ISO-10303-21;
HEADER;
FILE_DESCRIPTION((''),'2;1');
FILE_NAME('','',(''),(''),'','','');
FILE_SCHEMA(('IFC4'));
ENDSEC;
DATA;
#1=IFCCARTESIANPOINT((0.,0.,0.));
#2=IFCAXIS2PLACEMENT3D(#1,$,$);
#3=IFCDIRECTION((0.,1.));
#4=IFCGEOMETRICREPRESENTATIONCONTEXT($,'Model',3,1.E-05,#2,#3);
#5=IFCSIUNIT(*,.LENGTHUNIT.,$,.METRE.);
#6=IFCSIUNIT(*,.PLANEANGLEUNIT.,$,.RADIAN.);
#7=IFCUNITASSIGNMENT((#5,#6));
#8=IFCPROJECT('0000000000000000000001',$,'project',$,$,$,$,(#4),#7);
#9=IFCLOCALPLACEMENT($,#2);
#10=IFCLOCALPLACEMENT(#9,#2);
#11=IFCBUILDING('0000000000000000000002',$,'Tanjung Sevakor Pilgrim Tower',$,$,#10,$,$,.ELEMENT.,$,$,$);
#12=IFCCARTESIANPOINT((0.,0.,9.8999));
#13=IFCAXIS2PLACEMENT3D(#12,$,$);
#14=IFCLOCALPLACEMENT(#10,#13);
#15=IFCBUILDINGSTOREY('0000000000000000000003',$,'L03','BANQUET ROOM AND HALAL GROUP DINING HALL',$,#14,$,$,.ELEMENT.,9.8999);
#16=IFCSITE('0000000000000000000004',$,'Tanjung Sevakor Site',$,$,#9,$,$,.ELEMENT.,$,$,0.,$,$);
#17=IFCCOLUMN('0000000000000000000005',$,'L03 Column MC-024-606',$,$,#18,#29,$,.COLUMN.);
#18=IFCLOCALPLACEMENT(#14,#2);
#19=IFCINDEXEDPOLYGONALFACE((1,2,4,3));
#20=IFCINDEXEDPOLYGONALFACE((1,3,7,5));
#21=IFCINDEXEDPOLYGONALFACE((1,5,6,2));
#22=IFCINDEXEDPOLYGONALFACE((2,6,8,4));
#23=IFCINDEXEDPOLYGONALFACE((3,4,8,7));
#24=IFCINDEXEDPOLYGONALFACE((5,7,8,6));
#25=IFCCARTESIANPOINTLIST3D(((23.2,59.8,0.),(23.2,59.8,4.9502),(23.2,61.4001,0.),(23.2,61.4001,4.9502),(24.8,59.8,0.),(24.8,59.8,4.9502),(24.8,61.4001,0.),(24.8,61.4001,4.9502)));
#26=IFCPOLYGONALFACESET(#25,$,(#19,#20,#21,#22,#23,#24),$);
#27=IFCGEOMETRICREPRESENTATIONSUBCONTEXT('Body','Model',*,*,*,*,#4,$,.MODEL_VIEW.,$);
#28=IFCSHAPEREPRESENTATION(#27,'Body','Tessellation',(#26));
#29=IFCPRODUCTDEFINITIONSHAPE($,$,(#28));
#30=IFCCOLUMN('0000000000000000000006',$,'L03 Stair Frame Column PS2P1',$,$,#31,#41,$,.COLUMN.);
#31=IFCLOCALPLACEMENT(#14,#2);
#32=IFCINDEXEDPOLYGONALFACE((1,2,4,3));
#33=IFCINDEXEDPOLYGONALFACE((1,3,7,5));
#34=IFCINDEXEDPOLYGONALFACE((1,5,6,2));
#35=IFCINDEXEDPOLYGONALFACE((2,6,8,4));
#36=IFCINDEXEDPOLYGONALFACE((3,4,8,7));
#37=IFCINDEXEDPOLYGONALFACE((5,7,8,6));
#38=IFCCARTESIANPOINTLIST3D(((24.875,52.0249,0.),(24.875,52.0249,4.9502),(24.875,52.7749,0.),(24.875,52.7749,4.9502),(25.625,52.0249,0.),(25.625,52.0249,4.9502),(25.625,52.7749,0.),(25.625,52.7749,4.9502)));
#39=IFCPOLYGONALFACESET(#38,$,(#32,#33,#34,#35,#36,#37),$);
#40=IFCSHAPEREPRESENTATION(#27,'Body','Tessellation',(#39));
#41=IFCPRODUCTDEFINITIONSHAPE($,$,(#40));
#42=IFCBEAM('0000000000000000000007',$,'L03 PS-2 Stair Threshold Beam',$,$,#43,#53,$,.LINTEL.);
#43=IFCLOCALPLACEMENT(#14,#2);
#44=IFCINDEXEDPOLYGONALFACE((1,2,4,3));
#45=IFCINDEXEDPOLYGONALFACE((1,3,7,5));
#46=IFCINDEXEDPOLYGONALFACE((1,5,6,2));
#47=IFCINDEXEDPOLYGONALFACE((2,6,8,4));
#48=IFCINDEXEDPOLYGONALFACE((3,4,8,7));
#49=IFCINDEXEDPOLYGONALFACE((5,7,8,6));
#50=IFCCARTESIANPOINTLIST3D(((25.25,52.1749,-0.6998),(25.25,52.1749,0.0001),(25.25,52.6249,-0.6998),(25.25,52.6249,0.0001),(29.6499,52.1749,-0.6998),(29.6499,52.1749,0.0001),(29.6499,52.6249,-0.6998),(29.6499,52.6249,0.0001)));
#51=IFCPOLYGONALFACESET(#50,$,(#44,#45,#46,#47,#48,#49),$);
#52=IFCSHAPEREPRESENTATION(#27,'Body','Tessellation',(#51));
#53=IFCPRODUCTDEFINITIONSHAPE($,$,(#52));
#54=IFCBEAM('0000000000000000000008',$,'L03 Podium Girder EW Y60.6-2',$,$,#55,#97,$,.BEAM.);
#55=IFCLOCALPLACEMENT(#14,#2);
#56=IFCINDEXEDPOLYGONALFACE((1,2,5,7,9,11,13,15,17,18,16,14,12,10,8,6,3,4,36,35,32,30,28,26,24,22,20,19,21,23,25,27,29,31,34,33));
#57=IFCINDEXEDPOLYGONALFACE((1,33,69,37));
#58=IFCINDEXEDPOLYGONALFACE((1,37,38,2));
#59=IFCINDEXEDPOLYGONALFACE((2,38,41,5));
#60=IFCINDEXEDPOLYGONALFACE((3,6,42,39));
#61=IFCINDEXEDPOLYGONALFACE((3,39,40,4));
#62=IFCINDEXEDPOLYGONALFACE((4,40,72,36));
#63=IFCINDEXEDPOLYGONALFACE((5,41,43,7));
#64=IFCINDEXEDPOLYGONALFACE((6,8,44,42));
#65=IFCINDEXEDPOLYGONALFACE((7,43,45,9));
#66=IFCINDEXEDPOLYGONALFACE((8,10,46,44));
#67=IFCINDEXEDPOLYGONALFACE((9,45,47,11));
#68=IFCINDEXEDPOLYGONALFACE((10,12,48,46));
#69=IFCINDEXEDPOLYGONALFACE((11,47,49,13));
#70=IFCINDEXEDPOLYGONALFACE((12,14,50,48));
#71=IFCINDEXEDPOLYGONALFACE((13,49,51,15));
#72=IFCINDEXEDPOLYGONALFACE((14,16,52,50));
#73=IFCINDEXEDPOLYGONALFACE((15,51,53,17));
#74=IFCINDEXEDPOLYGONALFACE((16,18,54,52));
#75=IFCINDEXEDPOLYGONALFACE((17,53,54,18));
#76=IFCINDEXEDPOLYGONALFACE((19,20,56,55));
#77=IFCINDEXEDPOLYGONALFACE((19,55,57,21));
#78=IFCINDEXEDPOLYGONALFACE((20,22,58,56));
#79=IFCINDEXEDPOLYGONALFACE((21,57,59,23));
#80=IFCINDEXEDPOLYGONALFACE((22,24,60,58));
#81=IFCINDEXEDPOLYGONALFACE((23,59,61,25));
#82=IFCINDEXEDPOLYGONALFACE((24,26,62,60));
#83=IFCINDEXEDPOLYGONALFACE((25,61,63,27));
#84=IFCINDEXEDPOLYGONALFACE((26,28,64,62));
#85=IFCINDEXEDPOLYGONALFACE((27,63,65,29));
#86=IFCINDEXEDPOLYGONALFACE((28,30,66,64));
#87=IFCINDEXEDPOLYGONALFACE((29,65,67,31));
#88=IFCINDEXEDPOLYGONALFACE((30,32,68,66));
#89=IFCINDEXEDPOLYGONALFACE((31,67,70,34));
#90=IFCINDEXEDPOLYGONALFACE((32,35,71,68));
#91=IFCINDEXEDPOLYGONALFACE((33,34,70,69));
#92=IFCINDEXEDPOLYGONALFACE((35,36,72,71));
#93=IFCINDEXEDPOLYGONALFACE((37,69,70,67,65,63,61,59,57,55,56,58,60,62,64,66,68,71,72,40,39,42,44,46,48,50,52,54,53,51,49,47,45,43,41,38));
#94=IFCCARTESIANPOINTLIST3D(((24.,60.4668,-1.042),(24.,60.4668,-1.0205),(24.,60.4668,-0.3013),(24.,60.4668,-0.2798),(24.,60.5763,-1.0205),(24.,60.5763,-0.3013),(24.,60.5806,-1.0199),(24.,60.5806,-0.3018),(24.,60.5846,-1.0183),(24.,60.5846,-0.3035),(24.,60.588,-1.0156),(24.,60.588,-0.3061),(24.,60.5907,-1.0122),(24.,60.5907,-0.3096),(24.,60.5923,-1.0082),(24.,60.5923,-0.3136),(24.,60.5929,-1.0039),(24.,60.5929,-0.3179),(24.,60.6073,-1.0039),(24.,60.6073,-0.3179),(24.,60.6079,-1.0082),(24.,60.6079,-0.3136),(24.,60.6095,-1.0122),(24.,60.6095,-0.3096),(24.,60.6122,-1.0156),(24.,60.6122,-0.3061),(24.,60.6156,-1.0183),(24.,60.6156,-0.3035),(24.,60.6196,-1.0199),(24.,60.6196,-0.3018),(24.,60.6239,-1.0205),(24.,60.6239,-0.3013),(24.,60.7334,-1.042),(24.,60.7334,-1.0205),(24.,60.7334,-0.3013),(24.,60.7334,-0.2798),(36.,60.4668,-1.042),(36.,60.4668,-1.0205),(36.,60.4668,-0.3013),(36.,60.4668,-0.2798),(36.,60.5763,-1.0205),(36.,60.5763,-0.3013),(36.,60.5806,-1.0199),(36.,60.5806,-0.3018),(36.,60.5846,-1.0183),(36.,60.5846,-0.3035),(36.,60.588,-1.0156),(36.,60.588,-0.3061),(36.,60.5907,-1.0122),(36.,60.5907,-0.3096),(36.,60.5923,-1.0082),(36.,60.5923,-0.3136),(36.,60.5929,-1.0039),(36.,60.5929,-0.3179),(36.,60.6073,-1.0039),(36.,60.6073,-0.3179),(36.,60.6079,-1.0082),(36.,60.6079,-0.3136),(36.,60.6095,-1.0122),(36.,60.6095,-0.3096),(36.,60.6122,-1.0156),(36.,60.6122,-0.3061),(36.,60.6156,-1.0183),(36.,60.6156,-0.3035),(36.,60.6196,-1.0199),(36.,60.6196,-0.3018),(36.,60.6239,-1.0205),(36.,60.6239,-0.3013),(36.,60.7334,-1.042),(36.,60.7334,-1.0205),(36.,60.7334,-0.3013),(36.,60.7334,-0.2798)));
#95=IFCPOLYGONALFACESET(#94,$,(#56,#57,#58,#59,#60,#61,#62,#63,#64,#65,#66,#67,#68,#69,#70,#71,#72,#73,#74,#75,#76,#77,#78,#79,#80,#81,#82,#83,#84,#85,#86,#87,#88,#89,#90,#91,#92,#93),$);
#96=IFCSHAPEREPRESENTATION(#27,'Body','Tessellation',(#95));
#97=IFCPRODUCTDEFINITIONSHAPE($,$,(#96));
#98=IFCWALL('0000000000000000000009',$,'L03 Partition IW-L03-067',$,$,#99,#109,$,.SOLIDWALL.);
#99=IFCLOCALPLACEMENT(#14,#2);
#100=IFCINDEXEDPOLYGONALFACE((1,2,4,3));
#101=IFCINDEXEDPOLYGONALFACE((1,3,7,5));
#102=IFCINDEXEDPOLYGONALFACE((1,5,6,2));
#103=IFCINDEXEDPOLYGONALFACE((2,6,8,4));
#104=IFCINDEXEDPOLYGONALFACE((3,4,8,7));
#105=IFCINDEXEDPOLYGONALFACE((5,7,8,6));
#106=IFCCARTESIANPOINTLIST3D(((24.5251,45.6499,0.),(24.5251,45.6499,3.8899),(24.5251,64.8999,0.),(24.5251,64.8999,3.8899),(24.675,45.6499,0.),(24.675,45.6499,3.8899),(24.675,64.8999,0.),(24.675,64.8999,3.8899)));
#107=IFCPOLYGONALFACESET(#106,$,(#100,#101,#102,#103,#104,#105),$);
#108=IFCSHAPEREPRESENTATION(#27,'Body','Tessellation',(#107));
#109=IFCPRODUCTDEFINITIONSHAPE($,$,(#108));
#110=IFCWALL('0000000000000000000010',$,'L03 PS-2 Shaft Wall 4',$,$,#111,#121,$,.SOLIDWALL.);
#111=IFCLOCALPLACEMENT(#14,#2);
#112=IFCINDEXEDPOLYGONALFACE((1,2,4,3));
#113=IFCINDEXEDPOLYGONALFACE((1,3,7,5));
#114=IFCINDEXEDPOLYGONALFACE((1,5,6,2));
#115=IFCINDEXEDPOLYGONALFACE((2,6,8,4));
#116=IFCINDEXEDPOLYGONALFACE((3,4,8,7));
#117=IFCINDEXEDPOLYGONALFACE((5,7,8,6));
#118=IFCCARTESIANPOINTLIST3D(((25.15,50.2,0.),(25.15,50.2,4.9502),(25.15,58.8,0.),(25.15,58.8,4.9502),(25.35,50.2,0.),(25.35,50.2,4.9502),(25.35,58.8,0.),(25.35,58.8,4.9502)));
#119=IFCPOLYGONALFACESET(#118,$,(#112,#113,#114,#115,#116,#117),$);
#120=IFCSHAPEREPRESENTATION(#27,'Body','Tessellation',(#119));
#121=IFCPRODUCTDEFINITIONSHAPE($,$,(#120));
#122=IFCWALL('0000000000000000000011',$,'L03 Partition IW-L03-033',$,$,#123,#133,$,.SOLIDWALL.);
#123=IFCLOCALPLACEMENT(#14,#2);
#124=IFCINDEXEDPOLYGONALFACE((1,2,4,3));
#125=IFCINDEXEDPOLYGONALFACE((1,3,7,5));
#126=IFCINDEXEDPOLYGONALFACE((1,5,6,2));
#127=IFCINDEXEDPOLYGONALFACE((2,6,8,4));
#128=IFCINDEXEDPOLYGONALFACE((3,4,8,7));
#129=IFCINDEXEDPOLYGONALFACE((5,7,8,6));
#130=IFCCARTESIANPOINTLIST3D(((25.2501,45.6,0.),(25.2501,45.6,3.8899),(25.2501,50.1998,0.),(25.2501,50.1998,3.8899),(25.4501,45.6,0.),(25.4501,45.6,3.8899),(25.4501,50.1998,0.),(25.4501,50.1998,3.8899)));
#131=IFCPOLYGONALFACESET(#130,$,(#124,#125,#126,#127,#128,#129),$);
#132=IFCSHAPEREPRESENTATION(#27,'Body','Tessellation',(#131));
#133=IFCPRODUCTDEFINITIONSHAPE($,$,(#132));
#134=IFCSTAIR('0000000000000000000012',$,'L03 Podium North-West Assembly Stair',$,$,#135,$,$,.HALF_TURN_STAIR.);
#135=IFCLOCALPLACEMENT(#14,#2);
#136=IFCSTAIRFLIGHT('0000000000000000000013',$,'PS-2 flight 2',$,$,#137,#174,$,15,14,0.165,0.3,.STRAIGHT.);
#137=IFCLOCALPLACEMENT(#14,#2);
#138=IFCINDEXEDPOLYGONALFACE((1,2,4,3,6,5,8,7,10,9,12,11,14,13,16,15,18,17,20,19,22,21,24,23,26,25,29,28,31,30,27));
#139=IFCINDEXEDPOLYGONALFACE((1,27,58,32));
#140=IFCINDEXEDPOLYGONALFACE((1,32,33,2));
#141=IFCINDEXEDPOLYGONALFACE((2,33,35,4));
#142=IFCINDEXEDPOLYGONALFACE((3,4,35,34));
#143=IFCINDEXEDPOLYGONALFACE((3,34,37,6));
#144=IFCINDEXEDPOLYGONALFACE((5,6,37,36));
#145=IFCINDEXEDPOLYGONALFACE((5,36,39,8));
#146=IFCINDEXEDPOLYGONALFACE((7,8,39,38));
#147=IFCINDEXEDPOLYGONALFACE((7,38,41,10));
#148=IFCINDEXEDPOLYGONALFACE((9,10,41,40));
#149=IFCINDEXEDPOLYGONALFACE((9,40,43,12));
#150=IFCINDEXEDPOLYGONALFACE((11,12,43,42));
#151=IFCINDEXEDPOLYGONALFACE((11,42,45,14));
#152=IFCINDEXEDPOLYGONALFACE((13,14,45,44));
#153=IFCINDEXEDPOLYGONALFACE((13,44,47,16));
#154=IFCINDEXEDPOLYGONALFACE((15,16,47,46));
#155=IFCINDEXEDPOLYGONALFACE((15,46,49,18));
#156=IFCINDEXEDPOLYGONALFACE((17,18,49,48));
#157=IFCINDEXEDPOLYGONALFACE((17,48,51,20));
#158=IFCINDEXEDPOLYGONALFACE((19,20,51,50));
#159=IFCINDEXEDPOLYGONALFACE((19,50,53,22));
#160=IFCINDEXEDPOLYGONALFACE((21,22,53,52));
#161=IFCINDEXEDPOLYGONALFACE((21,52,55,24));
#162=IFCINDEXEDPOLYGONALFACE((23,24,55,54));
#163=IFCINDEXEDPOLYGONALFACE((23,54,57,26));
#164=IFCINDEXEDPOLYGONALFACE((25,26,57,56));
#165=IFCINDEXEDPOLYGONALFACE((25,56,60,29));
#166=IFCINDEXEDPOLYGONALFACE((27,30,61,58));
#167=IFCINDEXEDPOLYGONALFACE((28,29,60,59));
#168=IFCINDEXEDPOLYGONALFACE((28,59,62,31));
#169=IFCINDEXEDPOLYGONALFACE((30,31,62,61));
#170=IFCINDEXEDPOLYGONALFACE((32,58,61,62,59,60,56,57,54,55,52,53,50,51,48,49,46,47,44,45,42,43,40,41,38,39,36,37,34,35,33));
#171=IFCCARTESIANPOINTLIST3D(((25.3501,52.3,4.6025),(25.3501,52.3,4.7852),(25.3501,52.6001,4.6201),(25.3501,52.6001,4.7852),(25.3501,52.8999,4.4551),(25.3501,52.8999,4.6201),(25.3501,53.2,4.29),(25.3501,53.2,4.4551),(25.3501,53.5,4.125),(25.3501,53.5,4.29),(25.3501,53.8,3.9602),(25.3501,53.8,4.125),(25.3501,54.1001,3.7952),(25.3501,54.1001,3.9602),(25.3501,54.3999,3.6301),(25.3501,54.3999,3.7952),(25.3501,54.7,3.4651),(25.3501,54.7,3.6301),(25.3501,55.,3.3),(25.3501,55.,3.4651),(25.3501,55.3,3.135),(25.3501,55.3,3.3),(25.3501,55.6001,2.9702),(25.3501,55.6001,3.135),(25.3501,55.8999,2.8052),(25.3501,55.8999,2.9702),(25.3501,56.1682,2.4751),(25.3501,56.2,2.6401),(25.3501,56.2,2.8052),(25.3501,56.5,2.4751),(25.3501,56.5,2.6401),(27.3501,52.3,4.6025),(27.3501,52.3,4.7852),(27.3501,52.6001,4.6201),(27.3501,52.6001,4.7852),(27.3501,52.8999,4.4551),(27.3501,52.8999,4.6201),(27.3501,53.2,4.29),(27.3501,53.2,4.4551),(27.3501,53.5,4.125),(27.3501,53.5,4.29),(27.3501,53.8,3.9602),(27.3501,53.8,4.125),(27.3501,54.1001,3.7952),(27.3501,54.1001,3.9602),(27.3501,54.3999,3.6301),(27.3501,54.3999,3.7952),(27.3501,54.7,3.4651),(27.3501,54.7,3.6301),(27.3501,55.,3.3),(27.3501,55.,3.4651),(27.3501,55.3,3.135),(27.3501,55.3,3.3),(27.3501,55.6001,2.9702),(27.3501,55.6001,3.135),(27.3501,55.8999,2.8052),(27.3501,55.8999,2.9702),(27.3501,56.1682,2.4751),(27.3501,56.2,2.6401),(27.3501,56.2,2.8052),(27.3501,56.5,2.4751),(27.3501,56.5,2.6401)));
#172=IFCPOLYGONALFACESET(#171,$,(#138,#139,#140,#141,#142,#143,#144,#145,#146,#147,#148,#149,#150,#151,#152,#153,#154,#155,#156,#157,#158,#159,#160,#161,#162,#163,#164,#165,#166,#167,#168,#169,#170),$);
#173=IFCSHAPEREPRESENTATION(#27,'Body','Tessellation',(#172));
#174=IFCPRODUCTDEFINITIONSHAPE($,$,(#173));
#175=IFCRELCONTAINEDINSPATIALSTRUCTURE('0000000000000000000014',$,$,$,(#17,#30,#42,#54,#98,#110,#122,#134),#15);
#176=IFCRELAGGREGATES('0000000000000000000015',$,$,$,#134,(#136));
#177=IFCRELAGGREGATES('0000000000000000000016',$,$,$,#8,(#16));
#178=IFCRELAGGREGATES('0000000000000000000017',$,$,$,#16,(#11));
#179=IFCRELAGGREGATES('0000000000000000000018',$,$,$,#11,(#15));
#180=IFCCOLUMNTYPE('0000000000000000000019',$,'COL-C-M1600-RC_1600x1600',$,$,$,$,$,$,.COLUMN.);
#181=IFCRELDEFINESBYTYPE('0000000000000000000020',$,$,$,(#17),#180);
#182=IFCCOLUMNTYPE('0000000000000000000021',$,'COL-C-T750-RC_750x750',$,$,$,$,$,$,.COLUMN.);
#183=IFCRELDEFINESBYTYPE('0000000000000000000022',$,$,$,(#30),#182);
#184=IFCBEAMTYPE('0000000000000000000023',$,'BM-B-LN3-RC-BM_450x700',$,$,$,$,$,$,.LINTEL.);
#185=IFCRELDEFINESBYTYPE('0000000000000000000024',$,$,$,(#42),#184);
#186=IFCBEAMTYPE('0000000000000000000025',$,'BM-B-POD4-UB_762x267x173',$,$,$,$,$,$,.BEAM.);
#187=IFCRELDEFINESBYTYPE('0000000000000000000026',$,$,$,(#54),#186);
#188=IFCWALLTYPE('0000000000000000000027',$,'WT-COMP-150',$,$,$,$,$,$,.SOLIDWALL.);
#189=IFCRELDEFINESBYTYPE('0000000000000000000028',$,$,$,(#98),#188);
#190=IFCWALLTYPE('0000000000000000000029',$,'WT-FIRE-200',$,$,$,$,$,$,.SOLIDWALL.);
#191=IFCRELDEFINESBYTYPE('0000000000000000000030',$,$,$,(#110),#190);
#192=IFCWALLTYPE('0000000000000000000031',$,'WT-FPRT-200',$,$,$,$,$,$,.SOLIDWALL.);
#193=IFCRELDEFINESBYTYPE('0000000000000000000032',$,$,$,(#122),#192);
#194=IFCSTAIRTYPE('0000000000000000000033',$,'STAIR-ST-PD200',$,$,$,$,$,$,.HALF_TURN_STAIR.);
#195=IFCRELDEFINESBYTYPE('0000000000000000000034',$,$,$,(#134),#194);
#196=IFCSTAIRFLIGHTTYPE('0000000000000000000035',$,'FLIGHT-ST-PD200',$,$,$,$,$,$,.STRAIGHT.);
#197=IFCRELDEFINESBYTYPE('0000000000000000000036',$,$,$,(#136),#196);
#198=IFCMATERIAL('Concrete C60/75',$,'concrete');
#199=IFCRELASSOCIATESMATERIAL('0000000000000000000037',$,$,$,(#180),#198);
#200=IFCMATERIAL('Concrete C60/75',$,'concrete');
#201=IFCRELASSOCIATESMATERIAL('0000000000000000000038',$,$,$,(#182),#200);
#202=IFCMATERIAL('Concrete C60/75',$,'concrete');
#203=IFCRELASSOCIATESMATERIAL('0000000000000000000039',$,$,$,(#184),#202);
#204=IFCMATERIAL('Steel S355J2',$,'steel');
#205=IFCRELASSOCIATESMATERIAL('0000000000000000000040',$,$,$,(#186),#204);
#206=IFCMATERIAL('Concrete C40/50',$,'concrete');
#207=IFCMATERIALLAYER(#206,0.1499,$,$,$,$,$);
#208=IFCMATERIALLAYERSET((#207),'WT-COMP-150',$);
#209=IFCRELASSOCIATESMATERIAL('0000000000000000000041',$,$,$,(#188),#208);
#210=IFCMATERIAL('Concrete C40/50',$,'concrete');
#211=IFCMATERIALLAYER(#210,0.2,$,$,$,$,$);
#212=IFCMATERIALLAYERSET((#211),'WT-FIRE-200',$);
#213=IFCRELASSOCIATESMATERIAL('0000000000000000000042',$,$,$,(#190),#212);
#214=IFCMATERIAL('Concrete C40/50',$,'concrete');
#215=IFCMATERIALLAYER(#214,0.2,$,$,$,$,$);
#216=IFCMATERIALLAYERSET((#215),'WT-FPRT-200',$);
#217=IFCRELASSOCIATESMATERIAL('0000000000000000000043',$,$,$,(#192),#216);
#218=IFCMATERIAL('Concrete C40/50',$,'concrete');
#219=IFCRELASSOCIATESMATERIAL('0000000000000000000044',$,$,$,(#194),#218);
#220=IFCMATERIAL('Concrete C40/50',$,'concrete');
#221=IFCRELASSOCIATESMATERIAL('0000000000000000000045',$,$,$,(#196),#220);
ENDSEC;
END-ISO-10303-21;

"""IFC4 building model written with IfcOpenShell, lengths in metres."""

from ifc_helpers import new_model, si_unit, direction, frame, frame_2d, origin, origin_2d, place, context, subcontext, project, spatial, polyline, rectangle, i_section, outline, extrude, material, layer, layer_set, material_profile, profile_set, type_object, element, aggregate, save


model = new_model("IFC4")

# Units and contexts
model_context = context("Model", 3, precision=1e-05, world=origin(), true_north=direction((0.0, 1.0)))
body_context = subcontext(model_context, "Body", "Model", "MODEL_VIEW")
ifc_project = project(units=[si_unit("LENGTHUNIT", "METRE"), si_unit("PLANEANGLEUNIT", "RADIAN")], contexts=[model_context])

# Site, building, storey
site_placement = place(None, origin())
site = spatial("IfcSite", under=ifc_project, at=site_placement, Name="Tanjung Sevakor Site", CompositionType="ELEMENT", RefElevation=0.0)
building_placement = place(site_placement, origin())
building = spatial("IfcBuilding", under=site, at=building_placement, Name="Tanjung Sevakor Pilgrim Tower", CompositionType="ELEMENT")
storey_placement = place(building_placement, frame((0.0, 0.0, 9.8999)))
storey = spatial("IfcBuildingStorey", under=building, at=storey_placement, Name="L03", Description="BANQUET ROOM AND HALAL GROUP DINING HALL", CompositionType="ELEMENT", Elevation=9.8999)

# Columns
ifc_material_1 = material(Name="Concrete C60/75", Category="concrete")
ifc_material_profile_1 = material_profile(ifc_material_1, rectangle(XDim=1.6001, YDim=1.6001, at=origin_2d()))
ifc_profile_set_1 = profile_set([ifc_material_profile_1], Name="Concrete C60/75")
column_type_1 = type_object("IfcColumnType", Name="COL-C-M1600-RC_1600x1600", PredefinedType="COLUMN", material=ifc_profile_set_1)
column_1_placement = place(storey_placement, frame((24.0, 60.6001, 0.0), z_axis=(0.0, 0.0, 1.0), x_axis=(1.0, 0.0, 0.0)))
element("IfcColumn", 1, at=column_1_placement, inside=storey, type_object=column_type_1, Name="L03 Column MC-024-606", PredefinedType="COLUMN", context=body_context, shape_type="SweptSolid", body=[
    extrude(rectangle(XDim=1.6001, YDim=1.6001, at=origin_2d()), origin(), (0.0, 0.0, 1.0), 4.9502),
])
ifc_material_2 = material(Name="Concrete C60/75", Category="concrete")
ifc_material_profile_2 = material_profile(ifc_material_2, rectangle(XDim=0.75, YDim=0.75, at=origin_2d()))
ifc_profile_set_2 = profile_set([ifc_material_profile_2], Name="Concrete C60/75")
column_type_2 = type_object("IfcColumnType", Name="COL-C-T750-RC_750x750", PredefinedType="COLUMN", material=ifc_profile_set_2)
column_2_placement = place(storey_placement, frame((25.25, 52.3999, 0.0), z_axis=(0.0, 0.0, 1.0), x_axis=(1.0, 0.0, 0.0)))
element("IfcColumn", 2, at=column_2_placement, inside=storey, type_object=column_type_2, Name="L03 Stair Frame Column PS2P1", PredefinedType="COLUMN", context=body_context, shape_type="SweptSolid", body=[
    extrude(rectangle(XDim=0.75, YDim=0.75, at=origin_2d()), origin(), (0.0, 0.0, 1.0), 4.9502),
])

# Beams
ifc_material_3 = material(Name="Concrete C60/75", Category="concrete")
ifc_material_profile_3 = material_profile(ifc_material_3, rectangle(XDim=0.45, YDim=0.7, at=origin_2d()))
ifc_profile_set_3 = profile_set([ifc_material_profile_3], Name="Concrete C60/75")
beam_type_1 = type_object("IfcBeamType", Name="BM-B-LN3-RC-BM_450x700", PredefinedType="LINTEL", material=ifc_profile_set_3)
beam_1_placement = place(storey_placement, frame((25.25, 52.3999, -0.3499), z_axis=(1.0, 0.0, 0.0), x_axis=(0.0, 1.0, 0.0)))
element("IfcBeam", 3, at=beam_1_placement, inside=storey, type_object=beam_type_1, Name="L03 PS-2 Stair Threshold Beam", PredefinedType="LINTEL", context=body_context, shape_type="SweptSolid", body=[
    extrude(rectangle(XDim=0.45, YDim=0.7, at=origin_2d()), origin(), (0.0, 0.0, 1.0), 4.3999),
])
ifc_material_4 = material(Name="Steel S355J2", Category="steel")
ifc_material_profile_4 = material_profile(ifc_material_4, i_section(OverallWidth=0.2666, OverallDepth=0.7622, WebThickness=0.0144, FlangeThickness=0.0215, FilletRadius=0.0166, at=origin_2d()))
ifc_profile_set_4 = profile_set([ifc_material_profile_4], Name="Steel S355J2")
beam_type_2 = type_object("IfcBeamType", Name="BM-B-POD4-UB_762x267x173", PredefinedType="BEAM", material=ifc_profile_set_4)
beam_2_placement = place(storey_placement, frame((24.0, 60.6001, -0.6609), z_axis=(1.0, 0.0, 0.0), x_axis=(0.0, 1.0, 0.0)))
element("IfcBeam", 4, at=beam_2_placement, inside=storey, type_object=beam_type_2, Name="L03 Podium Girder EW Y60.6-2", PredefinedType="BEAM", context=body_context, shape_type="SweptSolid", body=[
    extrude(i_section(OverallWidth=0.2666, OverallDepth=0.7622, WebThickness=0.0144, FlangeThickness=0.0215, FilletRadius=0.0166, at=origin_2d()), origin(), (0.0, 0.0, 1.0), 12.0),
])

# Wall
ifc_material_5 = material(Name="Concrete C40/50", Category="concrete")
ifc_layer_1 = layer(ifc_material_5, 0.1499)
ifc_layer_set_1 = layer_set([ifc_layer_1], Name="WT-COMP-150")
wall_type_1 = type_object("IfcWallType", Name="WT-COMP-150", PredefinedType="SOLIDWALL", material=ifc_layer_set_1)
wall_1_placement = place(storey_placement, frame((24.6001, 45.6499, 0.0), z_axis=(0.0, 0.0, 1.0), x_axis=(0.0, 1.0, 0.0)))
element("IfcWall", 5, at=wall_1_placement, inside=storey, type_object=wall_type_1, Name="L03 Partition IW-L03-067", PredefinedType="SOLIDWALL", context=body_context, shape_type="SweptSolid", body=[
    extrude(rectangle(XDim=19.25, YDim=0.1499, at=frame_2d((9.625, 0.0))), origin(), (0.0, 0.0, 1.0), 3.8899),
])

# Shared definitions
ifc_material_6 = material(Name="Concrete C40/50", Category="concrete")
ifc_layer_2 = layer(ifc_material_6, 0.2)
ifc_layer_set_2 = layer_set([ifc_layer_2], Name="WT-FIRE-200")
wall_type_2 = type_object("IfcWallType", Name="WT-FIRE-200", PredefinedType="SOLIDWALL", material=ifc_layer_set_2)

# Walls
wall_2_placement = place(storey_placement, frame((25.25, 58.8, 0.0), z_axis=(0.0, 0.0, 1.0), x_axis=(0.0, -1.0, 0.0)))
element("IfcWall", 6, at=wall_2_placement, inside=storey, type_object=wall_type_2, Name="L03 PS-2 Shaft Wall 4", PredefinedType="SOLIDWALL", context=body_context, shape_type="SweptSolid", body=[
    extrude(rectangle(XDim=8.6001, YDim=0.2, at=frame_2d((4.3, 0.0))), origin(), (0.0, 0.0, 1.0), 4.9502),
])
ifc_material_7 = material(Name="Concrete C40/50", Category="concrete")
ifc_layer_3 = layer(ifc_material_7, 0.2)
ifc_layer_set_3 = layer_set([ifc_layer_3], Name="WT-FPRT-200")
wall_type_3 = type_object("IfcWallType", Name="WT-FPRT-200", PredefinedType="SOLIDWALL", material=ifc_layer_set_3)
wall_3_placement = place(storey_placement, frame((25.3501, 45.6001, 0.0), z_axis=(0.0, 0.0, 1.0), x_axis=(0.0, 1.0, 0.0)))
element("IfcWall", 7, at=wall_3_placement, inside=storey, type_object=wall_type_3, Name="L03 Partition IW-L03-033", PredefinedType="SOLIDWALL", context=body_context, shape_type="SweptSolid", body=[
    extrude(rectangle(XDim=4.5999, YDim=0.2, at=frame_2d((2.2998, 0.0))), origin(), (0.0, 0.0, 1.0), 3.8899),
])

# Stair, stair flight
ifc_material_8 = material(Name="Concrete C40/50", Category="concrete")
stair_type = type_object("IfcStairType", Name="STAIR-ST-PD200", PredefinedType="HALF_TURN_STAIR", material=ifc_material_8)
stair_placement = place(storey_placement, origin())
stair = element("IfcStair", 8, at=stair_placement, inside=storey, type_object=stair_type, Name="L03 Podium North-West Assembly Stair", PredefinedType="HALF_TURN_STAIR")
ifc_material_9 = material(Name="Concrete C40/50", Category="concrete")
stair_flight_type = type_object("IfcStairFlightType", Name="FLIGHT-ST-PD200", PredefinedType="STRAIGHT", material=ifc_material_9)
stair_flight_placement = place(storey_placement, frame((26.3501, 56.5, 2.4751), z_axis=(0.0, 0.0, 1.0), x_axis=(0.0, -1.0, 0.0)))
stair_flight = element("IfcStairFlight", 9, at=stair_flight_placement, type_object=stair_flight_type, Name="PS-2 flight 2", NumberOfRisers=15, NumberOfTreads=14, PredefinedType="STRAIGHT", RiserHeight=0.165, TreadLength=0.3, context=body_context, shape_type="SweptSolid", body=[
    extrude(outline(polyline([(0.0, 0.0), (0.0, 0.165), (0.3, 0.165), (0.3, 0.3301), (0.6001, 0.3301), (0.6001, 0.4951), (0.8999, 0.4951), (0.8999, 0.6599), (1.2, 0.6599), (1.2, 0.825), (1.5, 0.825), (1.5, 0.99), (1.8, 0.99), (1.8, 1.155), (2.1001, 1.155), (2.1001, 1.3201), (2.3999, 1.3201), (2.3999, 1.4851), (2.7, 1.4851), (2.7, 1.6499), (3.0, 1.6499), (3.0, 1.8149), (3.3, 1.8149), (3.3, 1.98), (3.6001, 1.98), (3.6001, 2.145), (3.8999, 2.145), (3.8999, 2.3101), (4.2, 2.3101), (4.2, 2.4751), (4.2, 2.1274), (0.3318, 0.0), (0.0, 0.0)])), frame((0.0, 1.0, 0.0), z_axis=(0.0, -1.0, 0.0), x_axis=(1.0, 0.0, 0.0)), (0.0, 0.0, 1.0), 2.0),
])
aggregate(stair, [stair_flight])

save(model, "model.ifc")
